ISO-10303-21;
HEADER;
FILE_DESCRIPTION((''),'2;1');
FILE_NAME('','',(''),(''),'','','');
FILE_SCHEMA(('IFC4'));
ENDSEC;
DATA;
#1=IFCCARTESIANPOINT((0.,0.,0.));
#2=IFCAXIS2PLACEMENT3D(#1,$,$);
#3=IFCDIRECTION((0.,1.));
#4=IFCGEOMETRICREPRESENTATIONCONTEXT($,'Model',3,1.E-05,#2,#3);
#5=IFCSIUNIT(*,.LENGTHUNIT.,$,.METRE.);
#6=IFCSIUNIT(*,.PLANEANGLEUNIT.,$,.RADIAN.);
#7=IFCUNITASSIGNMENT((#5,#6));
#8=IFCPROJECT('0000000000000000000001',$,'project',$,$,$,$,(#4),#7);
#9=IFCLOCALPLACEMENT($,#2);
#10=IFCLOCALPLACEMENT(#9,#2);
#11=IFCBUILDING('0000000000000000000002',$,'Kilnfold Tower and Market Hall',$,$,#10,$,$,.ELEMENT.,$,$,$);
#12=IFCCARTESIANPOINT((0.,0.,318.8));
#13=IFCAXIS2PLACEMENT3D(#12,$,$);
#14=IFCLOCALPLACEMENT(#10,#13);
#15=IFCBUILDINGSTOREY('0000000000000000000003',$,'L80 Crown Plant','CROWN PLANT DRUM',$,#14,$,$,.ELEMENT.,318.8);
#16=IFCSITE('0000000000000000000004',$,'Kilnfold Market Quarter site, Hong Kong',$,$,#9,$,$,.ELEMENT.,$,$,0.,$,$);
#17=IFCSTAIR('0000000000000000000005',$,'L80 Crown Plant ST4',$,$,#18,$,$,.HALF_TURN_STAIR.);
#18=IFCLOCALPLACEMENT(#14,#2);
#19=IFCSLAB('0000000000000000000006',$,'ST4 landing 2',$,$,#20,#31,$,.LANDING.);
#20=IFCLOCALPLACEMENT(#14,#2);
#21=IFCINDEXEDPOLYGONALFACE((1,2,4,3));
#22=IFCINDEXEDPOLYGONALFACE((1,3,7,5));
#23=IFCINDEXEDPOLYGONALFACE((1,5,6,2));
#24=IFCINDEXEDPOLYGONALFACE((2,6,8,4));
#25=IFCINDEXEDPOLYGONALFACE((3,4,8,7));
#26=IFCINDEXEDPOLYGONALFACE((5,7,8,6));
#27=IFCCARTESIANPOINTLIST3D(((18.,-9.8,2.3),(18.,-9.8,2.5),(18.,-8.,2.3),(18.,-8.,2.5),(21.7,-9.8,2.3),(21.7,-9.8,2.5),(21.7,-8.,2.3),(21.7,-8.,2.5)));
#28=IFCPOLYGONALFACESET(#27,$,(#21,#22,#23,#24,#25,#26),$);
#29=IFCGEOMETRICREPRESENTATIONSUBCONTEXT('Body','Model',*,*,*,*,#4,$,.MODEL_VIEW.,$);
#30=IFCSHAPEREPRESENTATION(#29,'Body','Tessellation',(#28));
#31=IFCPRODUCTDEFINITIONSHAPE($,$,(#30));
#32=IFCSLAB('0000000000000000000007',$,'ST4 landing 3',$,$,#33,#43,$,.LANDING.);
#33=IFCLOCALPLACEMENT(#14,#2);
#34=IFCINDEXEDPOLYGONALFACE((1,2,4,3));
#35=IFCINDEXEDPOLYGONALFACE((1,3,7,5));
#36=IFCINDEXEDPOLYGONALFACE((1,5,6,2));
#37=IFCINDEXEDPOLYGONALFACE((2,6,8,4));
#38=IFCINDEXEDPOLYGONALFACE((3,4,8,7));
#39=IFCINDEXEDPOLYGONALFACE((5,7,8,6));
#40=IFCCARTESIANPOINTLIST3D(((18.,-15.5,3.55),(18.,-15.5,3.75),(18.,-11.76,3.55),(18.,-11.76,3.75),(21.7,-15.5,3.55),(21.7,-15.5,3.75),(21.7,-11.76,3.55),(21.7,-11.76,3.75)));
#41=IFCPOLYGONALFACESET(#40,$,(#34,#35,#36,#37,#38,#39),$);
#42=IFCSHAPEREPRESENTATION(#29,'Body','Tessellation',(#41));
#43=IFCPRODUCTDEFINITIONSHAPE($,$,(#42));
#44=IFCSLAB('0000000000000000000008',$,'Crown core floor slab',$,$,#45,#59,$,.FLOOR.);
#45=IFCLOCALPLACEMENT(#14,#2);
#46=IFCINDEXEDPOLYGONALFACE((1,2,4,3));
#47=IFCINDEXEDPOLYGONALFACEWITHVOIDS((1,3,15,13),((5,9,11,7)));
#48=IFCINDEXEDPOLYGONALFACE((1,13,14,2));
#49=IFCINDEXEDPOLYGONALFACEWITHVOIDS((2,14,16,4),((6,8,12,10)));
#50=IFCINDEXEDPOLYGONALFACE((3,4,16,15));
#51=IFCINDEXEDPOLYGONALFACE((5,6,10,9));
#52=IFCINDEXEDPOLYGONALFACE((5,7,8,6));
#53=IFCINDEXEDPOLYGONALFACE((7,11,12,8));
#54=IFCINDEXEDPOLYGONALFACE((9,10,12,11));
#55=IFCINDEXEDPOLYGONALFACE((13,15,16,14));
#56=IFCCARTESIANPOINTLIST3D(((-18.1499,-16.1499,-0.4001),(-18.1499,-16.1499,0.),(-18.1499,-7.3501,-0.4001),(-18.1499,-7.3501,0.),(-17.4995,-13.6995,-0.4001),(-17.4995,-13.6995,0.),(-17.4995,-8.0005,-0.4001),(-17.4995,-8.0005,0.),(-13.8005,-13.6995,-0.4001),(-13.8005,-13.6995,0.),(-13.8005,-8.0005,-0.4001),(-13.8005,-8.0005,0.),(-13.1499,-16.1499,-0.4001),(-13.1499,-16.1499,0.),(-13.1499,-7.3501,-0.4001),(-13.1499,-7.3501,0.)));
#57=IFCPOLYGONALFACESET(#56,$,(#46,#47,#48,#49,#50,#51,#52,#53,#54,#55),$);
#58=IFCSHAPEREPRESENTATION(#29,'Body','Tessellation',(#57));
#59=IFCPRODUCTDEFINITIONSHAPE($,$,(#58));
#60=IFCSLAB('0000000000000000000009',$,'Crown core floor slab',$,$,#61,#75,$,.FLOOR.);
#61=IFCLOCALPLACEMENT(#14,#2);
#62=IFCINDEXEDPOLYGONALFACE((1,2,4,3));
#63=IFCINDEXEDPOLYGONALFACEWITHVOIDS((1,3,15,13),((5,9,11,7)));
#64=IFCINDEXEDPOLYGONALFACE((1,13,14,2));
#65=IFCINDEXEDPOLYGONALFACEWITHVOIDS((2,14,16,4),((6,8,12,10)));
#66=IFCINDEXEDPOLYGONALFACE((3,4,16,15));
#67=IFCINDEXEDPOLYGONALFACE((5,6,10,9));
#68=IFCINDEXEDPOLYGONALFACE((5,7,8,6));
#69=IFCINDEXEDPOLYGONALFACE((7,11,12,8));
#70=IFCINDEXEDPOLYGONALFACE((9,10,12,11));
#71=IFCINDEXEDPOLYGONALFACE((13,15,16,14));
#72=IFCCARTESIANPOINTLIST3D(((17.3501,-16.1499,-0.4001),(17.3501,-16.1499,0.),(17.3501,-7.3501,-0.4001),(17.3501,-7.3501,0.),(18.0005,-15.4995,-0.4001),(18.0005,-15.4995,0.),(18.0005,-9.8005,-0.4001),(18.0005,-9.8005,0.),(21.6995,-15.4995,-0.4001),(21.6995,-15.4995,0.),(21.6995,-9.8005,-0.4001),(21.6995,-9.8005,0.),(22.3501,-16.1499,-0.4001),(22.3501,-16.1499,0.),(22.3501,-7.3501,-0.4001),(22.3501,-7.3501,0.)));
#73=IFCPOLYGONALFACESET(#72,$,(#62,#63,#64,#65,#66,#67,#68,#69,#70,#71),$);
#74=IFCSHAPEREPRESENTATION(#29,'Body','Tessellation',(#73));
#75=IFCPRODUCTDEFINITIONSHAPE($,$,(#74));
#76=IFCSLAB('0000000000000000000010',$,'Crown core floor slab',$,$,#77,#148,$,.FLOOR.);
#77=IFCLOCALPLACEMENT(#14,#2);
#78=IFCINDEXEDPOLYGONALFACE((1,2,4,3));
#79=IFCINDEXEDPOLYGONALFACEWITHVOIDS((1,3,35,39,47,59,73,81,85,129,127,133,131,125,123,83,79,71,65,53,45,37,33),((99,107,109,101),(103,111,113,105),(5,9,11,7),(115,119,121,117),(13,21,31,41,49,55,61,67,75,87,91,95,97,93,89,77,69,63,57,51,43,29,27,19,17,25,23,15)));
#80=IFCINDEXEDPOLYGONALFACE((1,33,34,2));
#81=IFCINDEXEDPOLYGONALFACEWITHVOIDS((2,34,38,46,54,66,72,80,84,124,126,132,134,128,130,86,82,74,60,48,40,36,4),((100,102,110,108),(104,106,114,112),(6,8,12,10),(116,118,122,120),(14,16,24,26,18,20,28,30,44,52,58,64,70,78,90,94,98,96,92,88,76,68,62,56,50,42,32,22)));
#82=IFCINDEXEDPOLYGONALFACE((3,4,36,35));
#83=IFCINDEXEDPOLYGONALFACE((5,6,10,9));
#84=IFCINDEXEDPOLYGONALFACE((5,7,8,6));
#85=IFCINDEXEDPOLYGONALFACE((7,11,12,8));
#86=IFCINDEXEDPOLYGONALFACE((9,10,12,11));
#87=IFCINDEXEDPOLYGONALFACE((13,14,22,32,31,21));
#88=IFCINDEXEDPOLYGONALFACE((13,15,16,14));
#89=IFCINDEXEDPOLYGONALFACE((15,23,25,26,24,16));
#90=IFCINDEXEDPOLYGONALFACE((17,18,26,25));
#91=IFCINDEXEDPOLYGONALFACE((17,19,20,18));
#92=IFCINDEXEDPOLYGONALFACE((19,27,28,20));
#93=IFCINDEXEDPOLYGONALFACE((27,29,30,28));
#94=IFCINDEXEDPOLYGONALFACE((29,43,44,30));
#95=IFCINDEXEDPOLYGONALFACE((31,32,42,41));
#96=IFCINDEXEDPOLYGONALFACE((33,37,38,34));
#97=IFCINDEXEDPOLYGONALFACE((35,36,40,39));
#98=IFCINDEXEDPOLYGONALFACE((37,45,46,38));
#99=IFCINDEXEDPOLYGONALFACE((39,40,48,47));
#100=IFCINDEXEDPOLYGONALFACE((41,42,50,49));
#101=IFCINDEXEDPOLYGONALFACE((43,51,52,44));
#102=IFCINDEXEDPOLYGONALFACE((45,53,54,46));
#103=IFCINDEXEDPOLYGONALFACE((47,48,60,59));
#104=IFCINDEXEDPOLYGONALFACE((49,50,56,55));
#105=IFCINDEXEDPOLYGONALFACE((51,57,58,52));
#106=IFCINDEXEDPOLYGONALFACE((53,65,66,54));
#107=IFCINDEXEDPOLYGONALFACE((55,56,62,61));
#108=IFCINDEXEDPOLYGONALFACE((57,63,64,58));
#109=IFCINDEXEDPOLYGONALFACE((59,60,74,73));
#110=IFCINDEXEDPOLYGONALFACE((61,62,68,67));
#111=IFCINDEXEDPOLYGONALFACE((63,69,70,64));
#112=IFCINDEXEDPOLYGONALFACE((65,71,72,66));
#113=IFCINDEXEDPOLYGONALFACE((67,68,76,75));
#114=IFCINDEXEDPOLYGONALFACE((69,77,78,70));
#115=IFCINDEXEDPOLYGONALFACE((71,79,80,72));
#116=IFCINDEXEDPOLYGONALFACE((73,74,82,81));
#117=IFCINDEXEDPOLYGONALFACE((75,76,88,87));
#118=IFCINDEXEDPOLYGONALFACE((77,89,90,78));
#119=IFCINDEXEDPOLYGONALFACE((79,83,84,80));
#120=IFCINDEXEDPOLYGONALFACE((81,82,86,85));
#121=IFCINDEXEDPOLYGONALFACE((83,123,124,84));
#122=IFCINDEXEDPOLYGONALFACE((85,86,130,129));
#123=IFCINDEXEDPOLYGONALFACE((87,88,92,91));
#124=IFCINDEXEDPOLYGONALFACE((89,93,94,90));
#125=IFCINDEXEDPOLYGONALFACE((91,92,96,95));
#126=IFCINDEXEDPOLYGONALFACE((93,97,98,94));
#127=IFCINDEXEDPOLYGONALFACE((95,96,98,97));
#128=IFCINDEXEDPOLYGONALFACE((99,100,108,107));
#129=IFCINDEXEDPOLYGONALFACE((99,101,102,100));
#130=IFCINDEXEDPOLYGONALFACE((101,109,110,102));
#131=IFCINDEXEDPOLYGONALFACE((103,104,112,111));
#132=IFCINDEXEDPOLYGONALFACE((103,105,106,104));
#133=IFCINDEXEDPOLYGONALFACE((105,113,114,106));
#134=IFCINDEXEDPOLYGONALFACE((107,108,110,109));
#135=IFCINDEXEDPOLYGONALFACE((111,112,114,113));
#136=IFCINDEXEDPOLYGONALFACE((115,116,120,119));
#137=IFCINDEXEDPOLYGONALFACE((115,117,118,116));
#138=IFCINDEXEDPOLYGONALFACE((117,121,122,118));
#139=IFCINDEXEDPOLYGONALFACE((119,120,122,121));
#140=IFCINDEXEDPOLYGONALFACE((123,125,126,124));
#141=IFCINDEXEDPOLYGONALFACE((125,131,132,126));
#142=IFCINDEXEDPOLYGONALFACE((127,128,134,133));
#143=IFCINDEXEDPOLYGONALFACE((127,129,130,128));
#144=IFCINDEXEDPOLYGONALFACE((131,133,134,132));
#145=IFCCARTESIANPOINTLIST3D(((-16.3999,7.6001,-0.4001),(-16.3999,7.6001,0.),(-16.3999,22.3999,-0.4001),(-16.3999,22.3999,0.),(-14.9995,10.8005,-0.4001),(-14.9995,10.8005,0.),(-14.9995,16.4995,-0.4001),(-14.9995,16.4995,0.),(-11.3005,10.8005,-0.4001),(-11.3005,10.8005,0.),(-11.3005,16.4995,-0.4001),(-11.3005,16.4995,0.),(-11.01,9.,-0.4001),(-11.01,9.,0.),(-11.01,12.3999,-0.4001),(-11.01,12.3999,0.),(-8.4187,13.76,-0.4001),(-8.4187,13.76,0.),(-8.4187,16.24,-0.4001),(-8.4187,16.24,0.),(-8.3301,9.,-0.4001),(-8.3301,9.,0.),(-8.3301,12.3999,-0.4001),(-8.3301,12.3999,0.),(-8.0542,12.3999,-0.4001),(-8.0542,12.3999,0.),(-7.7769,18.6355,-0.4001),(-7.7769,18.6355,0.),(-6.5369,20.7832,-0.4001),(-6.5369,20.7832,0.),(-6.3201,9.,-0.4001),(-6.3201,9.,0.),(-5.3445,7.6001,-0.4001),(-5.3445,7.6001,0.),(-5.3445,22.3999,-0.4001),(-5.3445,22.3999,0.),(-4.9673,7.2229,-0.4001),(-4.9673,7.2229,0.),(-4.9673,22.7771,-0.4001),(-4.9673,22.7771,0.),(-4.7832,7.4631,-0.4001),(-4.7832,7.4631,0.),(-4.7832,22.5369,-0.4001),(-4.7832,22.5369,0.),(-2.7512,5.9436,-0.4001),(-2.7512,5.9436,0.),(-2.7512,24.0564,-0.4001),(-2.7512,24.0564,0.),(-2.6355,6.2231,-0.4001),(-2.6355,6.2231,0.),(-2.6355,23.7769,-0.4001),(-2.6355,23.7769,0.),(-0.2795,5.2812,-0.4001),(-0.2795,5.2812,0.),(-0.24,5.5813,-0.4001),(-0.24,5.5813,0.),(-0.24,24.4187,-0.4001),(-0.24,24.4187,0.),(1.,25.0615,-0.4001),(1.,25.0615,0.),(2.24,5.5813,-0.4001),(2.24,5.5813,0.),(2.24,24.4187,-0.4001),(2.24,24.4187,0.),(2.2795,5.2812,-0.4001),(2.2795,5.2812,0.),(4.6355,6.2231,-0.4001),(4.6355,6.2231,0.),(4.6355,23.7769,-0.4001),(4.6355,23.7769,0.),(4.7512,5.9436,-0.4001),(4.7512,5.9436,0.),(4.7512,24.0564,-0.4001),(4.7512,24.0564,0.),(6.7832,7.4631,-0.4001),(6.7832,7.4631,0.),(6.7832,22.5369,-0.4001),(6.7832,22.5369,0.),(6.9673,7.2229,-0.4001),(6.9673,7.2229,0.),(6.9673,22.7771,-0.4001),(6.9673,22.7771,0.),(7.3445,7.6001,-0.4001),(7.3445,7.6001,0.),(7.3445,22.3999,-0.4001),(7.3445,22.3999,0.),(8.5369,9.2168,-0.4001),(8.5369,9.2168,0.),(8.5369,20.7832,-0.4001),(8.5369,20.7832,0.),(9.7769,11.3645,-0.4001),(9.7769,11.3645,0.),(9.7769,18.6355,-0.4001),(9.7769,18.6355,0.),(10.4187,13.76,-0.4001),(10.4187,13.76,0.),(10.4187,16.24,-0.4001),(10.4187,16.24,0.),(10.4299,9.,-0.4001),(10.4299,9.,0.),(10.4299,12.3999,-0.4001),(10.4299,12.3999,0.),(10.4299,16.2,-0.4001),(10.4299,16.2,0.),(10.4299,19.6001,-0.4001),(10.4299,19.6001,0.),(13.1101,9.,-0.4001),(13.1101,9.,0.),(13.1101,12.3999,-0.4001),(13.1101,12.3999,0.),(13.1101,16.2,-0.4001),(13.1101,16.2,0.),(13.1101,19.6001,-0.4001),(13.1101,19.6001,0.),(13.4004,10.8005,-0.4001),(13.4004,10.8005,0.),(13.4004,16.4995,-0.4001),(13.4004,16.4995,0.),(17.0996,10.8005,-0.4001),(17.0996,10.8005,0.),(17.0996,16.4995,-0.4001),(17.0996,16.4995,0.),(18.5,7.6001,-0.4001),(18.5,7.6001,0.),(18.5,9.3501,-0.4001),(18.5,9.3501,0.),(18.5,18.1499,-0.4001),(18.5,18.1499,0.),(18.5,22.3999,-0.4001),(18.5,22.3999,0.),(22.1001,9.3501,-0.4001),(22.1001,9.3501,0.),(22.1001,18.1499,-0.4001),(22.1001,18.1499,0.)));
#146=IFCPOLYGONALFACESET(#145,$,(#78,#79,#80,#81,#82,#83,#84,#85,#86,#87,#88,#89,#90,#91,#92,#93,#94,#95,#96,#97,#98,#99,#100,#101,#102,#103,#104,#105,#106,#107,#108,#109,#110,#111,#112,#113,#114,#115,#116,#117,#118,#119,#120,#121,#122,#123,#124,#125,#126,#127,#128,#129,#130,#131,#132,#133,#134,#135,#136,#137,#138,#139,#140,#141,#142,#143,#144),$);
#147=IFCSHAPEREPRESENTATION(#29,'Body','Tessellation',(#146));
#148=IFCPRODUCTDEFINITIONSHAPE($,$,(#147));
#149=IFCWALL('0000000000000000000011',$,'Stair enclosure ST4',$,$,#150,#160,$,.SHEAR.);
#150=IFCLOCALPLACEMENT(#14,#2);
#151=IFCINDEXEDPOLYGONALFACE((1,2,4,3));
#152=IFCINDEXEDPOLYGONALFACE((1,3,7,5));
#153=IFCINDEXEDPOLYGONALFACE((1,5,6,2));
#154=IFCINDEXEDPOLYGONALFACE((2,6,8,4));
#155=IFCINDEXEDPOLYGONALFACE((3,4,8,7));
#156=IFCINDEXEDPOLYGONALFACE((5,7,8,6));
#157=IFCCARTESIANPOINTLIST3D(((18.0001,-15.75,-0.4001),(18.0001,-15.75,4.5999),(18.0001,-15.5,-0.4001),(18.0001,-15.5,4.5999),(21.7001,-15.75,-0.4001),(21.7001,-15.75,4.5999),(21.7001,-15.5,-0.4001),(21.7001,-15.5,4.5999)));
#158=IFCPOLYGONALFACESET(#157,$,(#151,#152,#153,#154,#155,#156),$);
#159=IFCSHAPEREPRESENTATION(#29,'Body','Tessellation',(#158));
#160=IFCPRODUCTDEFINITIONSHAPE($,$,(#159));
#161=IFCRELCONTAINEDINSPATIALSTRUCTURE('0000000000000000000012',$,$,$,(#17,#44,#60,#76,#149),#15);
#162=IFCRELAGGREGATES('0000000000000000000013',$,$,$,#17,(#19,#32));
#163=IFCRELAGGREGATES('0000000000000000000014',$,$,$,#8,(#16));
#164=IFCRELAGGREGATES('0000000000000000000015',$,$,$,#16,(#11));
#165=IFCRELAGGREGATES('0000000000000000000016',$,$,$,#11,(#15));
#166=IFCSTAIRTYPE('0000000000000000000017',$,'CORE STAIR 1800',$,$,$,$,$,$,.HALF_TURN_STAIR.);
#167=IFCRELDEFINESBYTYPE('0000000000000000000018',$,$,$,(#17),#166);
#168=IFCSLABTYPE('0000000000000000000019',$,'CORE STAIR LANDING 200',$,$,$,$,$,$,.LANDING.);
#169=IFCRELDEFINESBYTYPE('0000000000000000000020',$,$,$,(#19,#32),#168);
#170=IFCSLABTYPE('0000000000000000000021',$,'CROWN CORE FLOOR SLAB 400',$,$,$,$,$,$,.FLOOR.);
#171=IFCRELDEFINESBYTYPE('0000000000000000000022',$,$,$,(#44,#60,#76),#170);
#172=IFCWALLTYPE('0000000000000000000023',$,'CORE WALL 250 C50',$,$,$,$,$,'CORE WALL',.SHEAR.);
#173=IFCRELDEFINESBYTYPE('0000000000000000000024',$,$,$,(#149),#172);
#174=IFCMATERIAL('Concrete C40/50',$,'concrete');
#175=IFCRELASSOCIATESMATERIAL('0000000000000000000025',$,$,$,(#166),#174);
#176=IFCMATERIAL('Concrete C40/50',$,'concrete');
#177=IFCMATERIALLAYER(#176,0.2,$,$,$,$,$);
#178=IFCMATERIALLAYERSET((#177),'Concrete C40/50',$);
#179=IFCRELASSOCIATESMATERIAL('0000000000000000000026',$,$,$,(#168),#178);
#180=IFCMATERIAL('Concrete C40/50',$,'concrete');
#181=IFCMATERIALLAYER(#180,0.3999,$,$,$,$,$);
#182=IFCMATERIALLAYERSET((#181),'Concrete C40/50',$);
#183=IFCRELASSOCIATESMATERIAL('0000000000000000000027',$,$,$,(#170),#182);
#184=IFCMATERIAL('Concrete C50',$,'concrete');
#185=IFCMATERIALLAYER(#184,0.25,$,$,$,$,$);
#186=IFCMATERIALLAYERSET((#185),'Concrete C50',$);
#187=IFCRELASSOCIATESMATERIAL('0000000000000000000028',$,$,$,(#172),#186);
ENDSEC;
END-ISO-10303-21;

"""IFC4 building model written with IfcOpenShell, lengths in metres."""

from ifc_helpers import new_model, si_unit, direction, frame, frame_2d, origin, place, context, subcontext, project, spatial, polyline, rectangle, outline, extrude, source, transform, mapped, material, layer, layer_set, type_object, element, aggregate, save


model = new_model("IFC4")

# Units and contexts
model_context = context("Model", 3, precision=1e-05, world=origin(), true_north=direction((0.0, 1.0)))
body_context = subcontext(model_context, "Body", "Model", "MODEL_VIEW")
ifc_project = project(units=[si_unit("LENGTHUNIT", "METRE"), si_unit("PLANEANGLEUNIT", "RADIAN")], contexts=[model_context])

# Site, building, storey
site_placement = place(None, origin())
site = spatial("IfcSite", under=ifc_project, at=site_placement, Name="Kilnfold Market Quarter site, Hong Kong", CompositionType="ELEMENT", RefElevation=0.0)
building_placement = place(site_placement, origin())
building = spatial("IfcBuilding", under=site, at=building_placement, Name="Kilnfold Tower and Market Hall", CompositionType="ELEMENT")
storey_placement = place(building_placement, frame((0.0, 0.0, 318.8)))
storey = spatial("IfcBuildingStorey", under=building, at=storey_placement, Name="L80 Crown Plant", Description="CROWN PLANT DRUM", CompositionType="ELEMENT", Elevation=318.8)

# Stair, slabs
ifc_material_1 = material(Name="Concrete C40/50", Category="concrete")
stair_type = type_object("IfcStairType", Name="CORE STAIR 1800", PredefinedType="HALF_TURN_STAIR", material=ifc_material_1)
stair_placement = place(storey_placement, origin())
stair = element("IfcStair", 1, at=stair_placement, inside=storey, type_object=stair_type, Name="L80 Crown Plant ST4", PredefinedType="HALF_TURN_STAIR")
ifc_material_2 = material(Name="Concrete C40/50", Category="concrete")
ifc_layer_1 = layer(ifc_material_2, 0.2)
ifc_layer_set_1 = layer_set([ifc_layer_1], Name="Concrete C40/50")
slab_type_1 = type_object("IfcSlabType", Name="CORE STAIR LANDING 200", PredefinedType="LANDING", material=ifc_layer_set_1)
shared_shape_1 = source(origin(), body_context, "Body", "SweptSolid", [
    extrude(outline(polyline([(18.0, -8.0), (18.0, -9.8), (21.7, -9.8), (21.7, -8.0), (18.0, -8.0)])), origin(), (0.0, 0.0, 1.0), 0.2),
])
slab_1_placement = place(storey_placement, frame((0.0, 0.0, 2.3)))
slab_1 = element("IfcSlab", 2, at=slab_1_placement, type_object=slab_type_1, Name="ST4 landing 2", PredefinedType="LANDING", context=body_context, shape_type="MappedRepresentation", body=[
    mapped(shared_shape_1, transform((0.0, 0.0, 0.0))),
])
shared_shape_2 = source(origin(), body_context, "Body", "SweptSolid", [
    extrude(outline(polyline([(18.0, -11.76), (18.0, -15.5), (21.7, -15.5), (21.7, -11.76), (18.0, -11.76)])), origin(), (0.0, 0.0, 1.0), 0.2),
])
slab_2_placement = place(storey_placement, frame((0.0, 0.0, 3.55)))
slab_2 = element("IfcSlab", 3, at=slab_2_placement, type_object=slab_type_1, Name="ST4 landing 3", PredefinedType="LANDING", context=body_context, shape_type="MappedRepresentation", body=[
    mapped(shared_shape_2, transform((0.0, 0.0, 0.0))),
])
aggregate(stair, [slab_1, slab_2])

# Slabs
ifc_material_3 = material(Name="Concrete C40/50", Category="concrete")
ifc_layer_2 = layer(ifc_material_3, 0.3999)
ifc_layer_set_2 = layer_set([ifc_layer_2], Name="Concrete C40/50")
slab_type_2 = type_object("IfcSlabType", Name="CROWN CORE FLOOR SLAB 400", PredefinedType="FLOOR", material=ifc_layer_set_2)
shared_shape_3 = source(origin(), body_context, "Body", "SweptSolid", [
    extrude(outline(polyline([(-13.1499, -16.1499), (-18.1499, -16.1499), (-18.1499, -7.3501), (-13.1499, -7.3501), (-13.1499, -16.1499)]), holes=[polyline([(-13.8005, -13.6995), (-13.8005, -8.0005), (-17.4995, -8.0005), (-17.4995, -13.6995), (-13.8005, -13.6995)])]), origin(), (0.0, 0.0, 1.0), 0.4001),
])
slab_3_placement = place(storey_placement, frame((0.0, 0.0, -0.4001)))
element("IfcSlab", 4, at=slab_3_placement, inside=storey, type_object=slab_type_2, Name="Crown core floor slab", PredefinedType="FLOOR", context=body_context, shape_type="MappedRepresentation", body=[
    mapped(shared_shape_3, transform((0.0, 0.0, 0.0))),
])
shared_shape_4 = source(origin(), body_context, "Body", "SweptSolid", [
    extrude(outline(polyline([(17.3501, -16.1499), (17.3501, -7.3501), (22.3501, -7.3501), (22.3501, -16.1499), (17.3501, -16.1499)]), holes=[polyline([(21.6995, -9.8005), (18.0005, -9.8005), (18.0005, -15.4995), (21.6995, -15.4995), (21.6995, -9.8005)])]), origin(), (0.0, 0.0, 1.0), 0.4001),
])
slab_4_placement = place(storey_placement, frame((0.0, 0.0, -0.4001)))
element("IfcSlab", 5, at=slab_4_placement, inside=storey, type_object=slab_type_2, Name="Crown core floor slab", PredefinedType="FLOOR", context=body_context, shape_type="MappedRepresentation", body=[
    mapped(shared_shape_4, transform((0.0, 0.0, 0.0))),
])
shared_shape_5 = source(origin(), body_context, "Body", "SweptSolid", [
    extrude(outline(polyline([(-2.7512, 5.9436), (-4.9673, 7.2229), (-5.3445, 7.6001), (-16.3999, 7.6001), (-16.3999, 22.3999), (-5.3445, 22.3999), (-4.9673, 22.7771), (-2.7512, 24.0564), (1.0, 25.0615), (4.7512, 24.0564), (6.9673, 22.7771), (7.3445, 22.3999), (18.5, 22.3999), (18.5, 18.1499), (22.1001, 18.1499), (22.1001, 9.3501), (18.5, 9.3501), (18.5, 7.6001), (7.3445, 7.6001), (6.9673, 7.2229), (4.7512, 5.9436), (2.2795, 5.2812), (-0.2795, 5.2812), (-2.7512, 5.9436)]), holes=[polyline([(-2.6355, 23.7769), (-4.7832, 22.5369), (-6.5369, 20.7832), (-7.7769, 18.6355), (-8.4187, 16.24), (-8.4187, 13.76), (-8.0542, 12.3999), (-8.3301, 12.3999), (-11.01, 12.3999), (-11.01, 9.0), (-8.3301, 9.0), (-6.3201, 9.0), (-4.7832, 7.4631), (-2.6355, 6.2231), (-0.24, 5.5813), (2.24, 5.5813), (4.6355, 6.2231), (6.7832, 7.4631), (8.5369, 9.2168), (9.7769, 11.3645), (10.4187, 13.76), (10.4187, 16.24), (9.7769, 18.6355), (8.5369, 20.7832), (6.7832, 22.5369), (4.6355, 23.7769), (2.24, 24.4187), (-0.24, 24.4187), (-2.6355, 23.7769)]), polyline([(10.4299, 9.0), (13.1101, 9.0), (13.1101, 12.3999), (10.4299, 12.3999), (10.4299, 9.0)]), polyline([(13.1101, 19.6001), (10.4299, 19.6001), (10.4299, 16.2), (13.1101, 16.2), (13.1101, 19.6001)]), polyline([(-14.9995, 16.4995), (-14.9995, 10.8005), (-11.3005, 10.8005), (-11.3005, 16.4995), (-14.9995, 16.4995)]), polyline([(17.0996, 16.4995), (13.4004, 16.4995), (13.4004, 10.8005), (17.0996, 10.8005), (17.0996, 16.4995)])]), origin(), (0.0, 0.0, 1.0), 0.4001),
])
slab_5_placement = place(storey_placement, frame((0.0, 0.0, -0.4001)))
element("IfcSlab", 6, at=slab_5_placement, inside=storey, type_object=slab_type_2, Name="Crown core floor slab", PredefinedType="FLOOR", context=body_context, shape_type="MappedRepresentation", body=[
    mapped(shared_shape_5, transform((0.0, 0.0, 0.0))),
])

# Wall
ifc_material_4 = material(Name="Concrete C50", Category="concrete")
ifc_layer_3 = layer(ifc_material_4, 0.25)
ifc_layer_set_3 = layer_set([ifc_layer_3], Name="Concrete C50")
wall_type_1 = type_object("IfcWallType", Name="CORE WALL 250 C50", ElementType="CORE WALL", PredefinedType="SHEAR", material=ifc_layer_set_3)
shared_shape_6 = source(origin(), body_context, "Body", "SweptSolid", [
    extrude(rectangle(XDim=3.7, YDim=0.25, at=frame_2d((1.8501, 0.0))), origin(), (0.0, 0.0, 1.0), 5.0),
])
wall_1_placement = place(storey_placement, frame((18.0, -15.625, -0.4001), z_axis=(0.0, 0.0, 1.0), x_axis=(1.0, 0.0, 0.0)))
element("IfcWall", 7, at=wall_1_placement, inside=storey, type_object=wall_type_1, Name="Stair enclosure ST4", PredefinedType="SHEAR", context=body_context, shape_type="MappedRepresentation", body=[
    mapped(shared_shape_6, transform((0.0, 0.0, 0.0))),
])

save(model, "model.ifc")
